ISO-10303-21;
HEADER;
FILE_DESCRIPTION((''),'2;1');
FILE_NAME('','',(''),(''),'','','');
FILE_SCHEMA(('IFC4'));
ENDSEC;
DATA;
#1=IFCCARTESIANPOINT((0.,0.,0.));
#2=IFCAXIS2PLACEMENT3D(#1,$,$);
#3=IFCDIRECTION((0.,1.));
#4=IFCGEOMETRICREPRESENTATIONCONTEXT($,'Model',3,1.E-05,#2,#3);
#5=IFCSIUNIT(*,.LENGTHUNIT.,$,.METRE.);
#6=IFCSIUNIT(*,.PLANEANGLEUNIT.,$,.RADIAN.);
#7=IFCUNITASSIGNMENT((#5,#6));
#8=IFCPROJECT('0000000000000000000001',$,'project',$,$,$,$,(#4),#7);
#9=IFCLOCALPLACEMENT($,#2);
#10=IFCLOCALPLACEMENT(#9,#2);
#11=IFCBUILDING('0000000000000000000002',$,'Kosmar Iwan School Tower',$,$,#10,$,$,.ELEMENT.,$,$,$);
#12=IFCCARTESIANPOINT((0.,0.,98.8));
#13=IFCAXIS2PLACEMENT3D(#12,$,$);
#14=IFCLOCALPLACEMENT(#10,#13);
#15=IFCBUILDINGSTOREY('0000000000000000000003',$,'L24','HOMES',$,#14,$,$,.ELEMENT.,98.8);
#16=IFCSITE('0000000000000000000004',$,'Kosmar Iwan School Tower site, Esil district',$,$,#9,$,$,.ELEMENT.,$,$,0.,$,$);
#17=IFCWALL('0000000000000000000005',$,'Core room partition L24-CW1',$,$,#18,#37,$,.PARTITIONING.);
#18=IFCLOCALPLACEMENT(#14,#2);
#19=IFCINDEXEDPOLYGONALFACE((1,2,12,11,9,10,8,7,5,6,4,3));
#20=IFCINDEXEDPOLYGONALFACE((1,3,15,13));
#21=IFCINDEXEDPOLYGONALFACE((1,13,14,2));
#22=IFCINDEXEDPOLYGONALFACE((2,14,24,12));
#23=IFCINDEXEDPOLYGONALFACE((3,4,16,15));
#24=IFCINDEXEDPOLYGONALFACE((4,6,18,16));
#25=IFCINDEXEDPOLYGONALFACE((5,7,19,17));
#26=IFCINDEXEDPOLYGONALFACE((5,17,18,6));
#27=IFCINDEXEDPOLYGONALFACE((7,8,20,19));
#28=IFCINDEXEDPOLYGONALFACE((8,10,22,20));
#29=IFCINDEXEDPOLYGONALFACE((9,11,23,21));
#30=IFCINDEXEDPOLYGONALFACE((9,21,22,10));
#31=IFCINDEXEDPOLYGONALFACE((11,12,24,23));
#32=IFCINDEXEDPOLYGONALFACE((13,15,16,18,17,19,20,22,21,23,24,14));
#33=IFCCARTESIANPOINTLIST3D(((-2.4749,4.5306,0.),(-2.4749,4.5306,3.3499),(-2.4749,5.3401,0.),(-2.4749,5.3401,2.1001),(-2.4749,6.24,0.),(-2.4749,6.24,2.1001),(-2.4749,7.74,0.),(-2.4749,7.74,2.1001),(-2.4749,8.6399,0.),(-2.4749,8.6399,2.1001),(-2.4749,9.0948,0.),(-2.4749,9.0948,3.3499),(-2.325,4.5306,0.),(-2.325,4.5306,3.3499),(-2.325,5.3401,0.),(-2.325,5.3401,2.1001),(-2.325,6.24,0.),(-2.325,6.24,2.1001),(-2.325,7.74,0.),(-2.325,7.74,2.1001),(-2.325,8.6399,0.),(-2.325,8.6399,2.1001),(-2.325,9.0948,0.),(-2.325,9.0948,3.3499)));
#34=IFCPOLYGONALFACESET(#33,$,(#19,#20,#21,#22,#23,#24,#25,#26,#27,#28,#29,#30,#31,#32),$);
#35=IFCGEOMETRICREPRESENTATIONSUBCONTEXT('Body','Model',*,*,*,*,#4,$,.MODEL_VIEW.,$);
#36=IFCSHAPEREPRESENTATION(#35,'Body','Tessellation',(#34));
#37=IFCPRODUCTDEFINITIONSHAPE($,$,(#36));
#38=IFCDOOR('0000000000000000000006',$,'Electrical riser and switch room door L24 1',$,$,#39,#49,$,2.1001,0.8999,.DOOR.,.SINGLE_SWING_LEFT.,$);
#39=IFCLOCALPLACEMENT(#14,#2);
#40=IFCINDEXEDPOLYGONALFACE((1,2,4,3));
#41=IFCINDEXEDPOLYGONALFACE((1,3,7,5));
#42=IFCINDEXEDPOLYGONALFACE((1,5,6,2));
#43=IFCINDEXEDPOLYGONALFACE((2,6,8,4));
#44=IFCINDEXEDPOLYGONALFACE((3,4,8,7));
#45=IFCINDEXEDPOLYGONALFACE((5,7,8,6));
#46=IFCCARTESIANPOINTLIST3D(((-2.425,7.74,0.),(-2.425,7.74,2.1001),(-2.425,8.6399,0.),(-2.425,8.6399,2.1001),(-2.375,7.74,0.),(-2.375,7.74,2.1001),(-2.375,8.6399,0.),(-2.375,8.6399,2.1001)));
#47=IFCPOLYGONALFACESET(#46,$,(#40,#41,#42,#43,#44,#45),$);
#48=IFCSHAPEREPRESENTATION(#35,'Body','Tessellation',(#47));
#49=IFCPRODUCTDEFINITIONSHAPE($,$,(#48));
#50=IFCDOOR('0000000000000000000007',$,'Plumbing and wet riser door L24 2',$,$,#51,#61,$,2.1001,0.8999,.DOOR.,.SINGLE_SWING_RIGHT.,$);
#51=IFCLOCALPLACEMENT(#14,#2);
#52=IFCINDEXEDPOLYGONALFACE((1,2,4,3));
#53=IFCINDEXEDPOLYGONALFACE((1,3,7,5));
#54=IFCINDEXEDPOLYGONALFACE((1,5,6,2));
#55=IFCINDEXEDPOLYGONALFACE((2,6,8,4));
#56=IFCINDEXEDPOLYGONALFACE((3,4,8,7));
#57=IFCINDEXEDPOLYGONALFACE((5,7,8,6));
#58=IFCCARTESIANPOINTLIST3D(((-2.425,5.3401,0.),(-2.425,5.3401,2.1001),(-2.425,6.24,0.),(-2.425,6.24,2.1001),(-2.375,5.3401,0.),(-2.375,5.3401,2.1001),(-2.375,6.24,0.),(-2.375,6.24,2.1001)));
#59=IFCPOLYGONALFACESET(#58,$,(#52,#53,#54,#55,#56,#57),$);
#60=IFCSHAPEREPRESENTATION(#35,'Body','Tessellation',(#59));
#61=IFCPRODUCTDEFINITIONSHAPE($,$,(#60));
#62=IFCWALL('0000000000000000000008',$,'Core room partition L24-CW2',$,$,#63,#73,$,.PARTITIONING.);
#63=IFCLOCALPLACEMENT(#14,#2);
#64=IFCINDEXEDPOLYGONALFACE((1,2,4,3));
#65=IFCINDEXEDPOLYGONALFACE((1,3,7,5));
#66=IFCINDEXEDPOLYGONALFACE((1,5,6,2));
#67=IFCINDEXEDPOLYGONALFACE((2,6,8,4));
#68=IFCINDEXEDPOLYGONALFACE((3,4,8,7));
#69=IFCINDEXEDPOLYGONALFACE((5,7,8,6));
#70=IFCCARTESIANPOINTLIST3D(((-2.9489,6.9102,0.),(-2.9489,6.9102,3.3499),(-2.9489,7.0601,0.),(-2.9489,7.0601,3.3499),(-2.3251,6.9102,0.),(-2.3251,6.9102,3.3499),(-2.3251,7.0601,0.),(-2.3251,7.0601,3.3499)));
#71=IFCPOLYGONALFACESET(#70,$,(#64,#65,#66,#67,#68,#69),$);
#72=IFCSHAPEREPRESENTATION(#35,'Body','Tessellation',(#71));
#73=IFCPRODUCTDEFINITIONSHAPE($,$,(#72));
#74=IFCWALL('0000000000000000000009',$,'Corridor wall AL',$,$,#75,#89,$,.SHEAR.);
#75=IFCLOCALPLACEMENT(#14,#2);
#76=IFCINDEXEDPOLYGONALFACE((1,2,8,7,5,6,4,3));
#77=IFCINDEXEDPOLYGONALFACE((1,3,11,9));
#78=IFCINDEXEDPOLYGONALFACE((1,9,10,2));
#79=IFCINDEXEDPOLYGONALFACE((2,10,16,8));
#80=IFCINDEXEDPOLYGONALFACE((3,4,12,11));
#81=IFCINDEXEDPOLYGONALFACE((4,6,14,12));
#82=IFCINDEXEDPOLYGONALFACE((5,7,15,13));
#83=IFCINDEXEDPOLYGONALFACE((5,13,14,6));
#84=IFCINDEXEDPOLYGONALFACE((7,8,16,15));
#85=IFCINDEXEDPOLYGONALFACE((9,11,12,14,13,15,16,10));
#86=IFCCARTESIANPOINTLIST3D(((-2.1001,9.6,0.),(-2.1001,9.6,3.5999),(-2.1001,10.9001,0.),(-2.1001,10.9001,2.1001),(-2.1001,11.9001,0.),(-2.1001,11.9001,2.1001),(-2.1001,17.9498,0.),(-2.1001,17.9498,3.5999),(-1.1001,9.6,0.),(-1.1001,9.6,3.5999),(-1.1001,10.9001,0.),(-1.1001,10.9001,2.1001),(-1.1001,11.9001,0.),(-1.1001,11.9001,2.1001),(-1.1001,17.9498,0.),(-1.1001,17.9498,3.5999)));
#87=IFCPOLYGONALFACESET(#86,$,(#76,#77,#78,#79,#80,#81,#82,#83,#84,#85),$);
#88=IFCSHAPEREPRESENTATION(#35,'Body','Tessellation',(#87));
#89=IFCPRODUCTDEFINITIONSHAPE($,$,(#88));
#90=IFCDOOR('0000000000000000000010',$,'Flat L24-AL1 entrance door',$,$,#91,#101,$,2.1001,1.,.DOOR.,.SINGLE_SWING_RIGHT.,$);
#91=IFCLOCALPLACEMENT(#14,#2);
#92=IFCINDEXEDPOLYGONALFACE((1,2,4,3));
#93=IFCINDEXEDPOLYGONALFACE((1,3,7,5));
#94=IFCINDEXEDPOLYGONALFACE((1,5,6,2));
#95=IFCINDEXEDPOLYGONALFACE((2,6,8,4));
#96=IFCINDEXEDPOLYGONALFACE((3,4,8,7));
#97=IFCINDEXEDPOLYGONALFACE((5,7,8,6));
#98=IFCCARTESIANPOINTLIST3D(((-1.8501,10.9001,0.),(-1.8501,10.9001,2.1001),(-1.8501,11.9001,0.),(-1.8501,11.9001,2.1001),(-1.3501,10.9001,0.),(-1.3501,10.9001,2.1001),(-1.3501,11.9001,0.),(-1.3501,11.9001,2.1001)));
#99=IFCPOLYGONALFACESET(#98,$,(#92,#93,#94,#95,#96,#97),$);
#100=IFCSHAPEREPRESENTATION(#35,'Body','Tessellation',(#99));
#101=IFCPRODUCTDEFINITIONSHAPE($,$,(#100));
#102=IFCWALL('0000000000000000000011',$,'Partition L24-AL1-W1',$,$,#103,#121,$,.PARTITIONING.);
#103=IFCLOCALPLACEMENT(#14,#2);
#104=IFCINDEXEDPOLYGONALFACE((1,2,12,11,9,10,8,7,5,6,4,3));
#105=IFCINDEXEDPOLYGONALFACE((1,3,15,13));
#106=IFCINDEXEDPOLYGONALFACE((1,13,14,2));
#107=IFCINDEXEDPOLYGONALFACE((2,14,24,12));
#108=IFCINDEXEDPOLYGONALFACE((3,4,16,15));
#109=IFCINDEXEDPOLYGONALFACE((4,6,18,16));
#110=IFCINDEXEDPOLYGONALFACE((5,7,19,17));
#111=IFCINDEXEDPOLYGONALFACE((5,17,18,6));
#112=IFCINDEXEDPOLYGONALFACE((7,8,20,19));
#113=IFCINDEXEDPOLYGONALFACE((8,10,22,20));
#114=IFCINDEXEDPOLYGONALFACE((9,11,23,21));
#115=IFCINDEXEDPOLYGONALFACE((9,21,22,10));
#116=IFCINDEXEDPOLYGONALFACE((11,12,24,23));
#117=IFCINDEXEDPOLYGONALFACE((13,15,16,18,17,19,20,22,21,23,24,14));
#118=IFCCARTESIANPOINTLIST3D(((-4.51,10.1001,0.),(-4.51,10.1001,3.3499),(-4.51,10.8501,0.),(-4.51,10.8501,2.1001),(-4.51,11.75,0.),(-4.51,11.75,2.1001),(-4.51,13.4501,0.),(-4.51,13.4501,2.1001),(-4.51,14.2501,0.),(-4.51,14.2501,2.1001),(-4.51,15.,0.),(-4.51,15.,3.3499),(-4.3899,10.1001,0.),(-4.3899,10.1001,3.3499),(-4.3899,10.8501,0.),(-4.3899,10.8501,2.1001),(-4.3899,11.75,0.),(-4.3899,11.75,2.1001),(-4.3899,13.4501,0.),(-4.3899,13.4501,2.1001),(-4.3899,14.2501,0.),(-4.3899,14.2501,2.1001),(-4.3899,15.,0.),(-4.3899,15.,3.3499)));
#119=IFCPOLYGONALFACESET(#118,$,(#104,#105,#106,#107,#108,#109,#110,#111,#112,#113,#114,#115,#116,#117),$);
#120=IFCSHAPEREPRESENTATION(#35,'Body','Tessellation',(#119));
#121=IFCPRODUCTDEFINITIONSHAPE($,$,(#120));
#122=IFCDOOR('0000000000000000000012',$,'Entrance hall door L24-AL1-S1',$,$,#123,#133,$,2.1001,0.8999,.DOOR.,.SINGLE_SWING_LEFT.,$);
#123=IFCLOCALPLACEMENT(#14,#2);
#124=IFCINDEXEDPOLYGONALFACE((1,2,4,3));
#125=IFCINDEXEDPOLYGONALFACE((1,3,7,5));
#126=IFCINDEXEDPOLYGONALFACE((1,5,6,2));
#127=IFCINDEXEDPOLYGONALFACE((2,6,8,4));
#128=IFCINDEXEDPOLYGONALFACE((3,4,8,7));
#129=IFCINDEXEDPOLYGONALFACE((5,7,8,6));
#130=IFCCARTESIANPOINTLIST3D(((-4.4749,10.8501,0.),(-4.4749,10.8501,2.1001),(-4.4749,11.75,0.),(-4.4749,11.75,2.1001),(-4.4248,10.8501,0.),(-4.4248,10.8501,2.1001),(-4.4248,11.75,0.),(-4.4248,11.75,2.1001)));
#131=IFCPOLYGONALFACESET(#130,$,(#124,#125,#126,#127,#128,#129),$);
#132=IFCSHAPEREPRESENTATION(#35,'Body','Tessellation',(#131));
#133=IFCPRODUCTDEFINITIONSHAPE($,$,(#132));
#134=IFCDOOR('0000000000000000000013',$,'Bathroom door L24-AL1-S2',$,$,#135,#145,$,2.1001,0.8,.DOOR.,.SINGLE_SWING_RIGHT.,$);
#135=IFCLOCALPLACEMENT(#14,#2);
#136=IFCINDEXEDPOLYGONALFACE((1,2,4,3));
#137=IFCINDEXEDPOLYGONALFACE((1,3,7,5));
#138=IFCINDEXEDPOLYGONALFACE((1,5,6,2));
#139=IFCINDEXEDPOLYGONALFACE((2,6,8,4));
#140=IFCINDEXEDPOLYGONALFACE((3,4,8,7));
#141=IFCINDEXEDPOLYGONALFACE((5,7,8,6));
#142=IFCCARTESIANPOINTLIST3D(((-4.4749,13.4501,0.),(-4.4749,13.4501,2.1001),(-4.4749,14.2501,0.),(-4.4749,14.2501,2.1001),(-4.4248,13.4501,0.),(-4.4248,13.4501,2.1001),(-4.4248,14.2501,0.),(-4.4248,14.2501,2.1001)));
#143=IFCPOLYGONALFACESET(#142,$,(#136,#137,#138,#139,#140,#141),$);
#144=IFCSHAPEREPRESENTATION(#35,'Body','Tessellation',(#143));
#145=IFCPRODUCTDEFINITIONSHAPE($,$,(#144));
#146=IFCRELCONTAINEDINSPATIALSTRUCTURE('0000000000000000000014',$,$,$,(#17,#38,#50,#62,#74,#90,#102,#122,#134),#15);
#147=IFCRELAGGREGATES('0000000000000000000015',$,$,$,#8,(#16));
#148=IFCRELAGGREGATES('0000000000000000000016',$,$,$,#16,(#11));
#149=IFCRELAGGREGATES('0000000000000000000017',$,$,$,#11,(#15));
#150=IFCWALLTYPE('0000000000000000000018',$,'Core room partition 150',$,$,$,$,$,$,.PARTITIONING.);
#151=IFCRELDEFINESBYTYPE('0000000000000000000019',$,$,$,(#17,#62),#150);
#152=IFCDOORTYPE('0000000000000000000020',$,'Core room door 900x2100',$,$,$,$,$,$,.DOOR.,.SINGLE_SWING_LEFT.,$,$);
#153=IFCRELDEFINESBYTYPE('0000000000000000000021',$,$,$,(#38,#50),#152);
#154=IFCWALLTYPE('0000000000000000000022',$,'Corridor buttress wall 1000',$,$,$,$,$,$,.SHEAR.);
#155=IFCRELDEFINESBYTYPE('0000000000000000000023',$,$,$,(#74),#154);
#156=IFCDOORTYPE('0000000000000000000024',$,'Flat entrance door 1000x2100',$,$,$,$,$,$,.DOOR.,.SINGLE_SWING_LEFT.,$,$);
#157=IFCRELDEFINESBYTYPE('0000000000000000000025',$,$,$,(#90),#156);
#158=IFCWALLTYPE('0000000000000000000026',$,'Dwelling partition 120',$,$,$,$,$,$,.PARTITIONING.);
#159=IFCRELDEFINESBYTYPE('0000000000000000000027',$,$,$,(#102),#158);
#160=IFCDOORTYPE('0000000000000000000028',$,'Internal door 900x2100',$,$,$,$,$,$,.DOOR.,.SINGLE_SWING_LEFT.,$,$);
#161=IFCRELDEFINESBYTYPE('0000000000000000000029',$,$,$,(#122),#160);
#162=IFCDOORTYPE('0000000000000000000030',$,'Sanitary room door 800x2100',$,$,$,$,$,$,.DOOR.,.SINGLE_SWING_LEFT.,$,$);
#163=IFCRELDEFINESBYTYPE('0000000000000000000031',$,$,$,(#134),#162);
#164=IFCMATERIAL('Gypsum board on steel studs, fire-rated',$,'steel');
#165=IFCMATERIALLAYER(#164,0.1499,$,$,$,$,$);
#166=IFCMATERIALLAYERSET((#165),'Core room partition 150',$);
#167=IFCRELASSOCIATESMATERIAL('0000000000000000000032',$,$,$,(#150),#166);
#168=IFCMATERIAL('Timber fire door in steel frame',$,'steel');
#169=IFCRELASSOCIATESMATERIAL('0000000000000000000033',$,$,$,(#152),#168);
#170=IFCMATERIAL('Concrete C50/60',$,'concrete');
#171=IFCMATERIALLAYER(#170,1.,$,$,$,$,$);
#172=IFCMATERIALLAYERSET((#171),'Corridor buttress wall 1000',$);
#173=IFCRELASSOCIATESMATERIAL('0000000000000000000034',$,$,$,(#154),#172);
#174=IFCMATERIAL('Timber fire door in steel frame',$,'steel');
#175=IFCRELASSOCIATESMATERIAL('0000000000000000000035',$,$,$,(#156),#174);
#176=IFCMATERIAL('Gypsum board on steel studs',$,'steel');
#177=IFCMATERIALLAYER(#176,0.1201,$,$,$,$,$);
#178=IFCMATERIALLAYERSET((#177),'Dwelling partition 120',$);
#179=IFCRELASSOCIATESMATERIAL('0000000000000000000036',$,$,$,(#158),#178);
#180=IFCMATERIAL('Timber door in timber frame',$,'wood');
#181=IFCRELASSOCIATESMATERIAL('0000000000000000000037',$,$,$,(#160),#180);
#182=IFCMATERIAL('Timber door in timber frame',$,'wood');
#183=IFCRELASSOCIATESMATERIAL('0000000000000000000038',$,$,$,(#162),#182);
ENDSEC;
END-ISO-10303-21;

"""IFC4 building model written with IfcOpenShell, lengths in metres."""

from ifc_helpers import new_model, si_unit, direction, frame, frame_2d, origin, place, context, subcontext, project, spatial, rectangle, extrude, material, layer, layer_set, type_object, element, fill, save


model = new_model("IFC4")

# Units and contexts
model_context = context("Model", 3, precision=1e-05, world=origin(), true_north=direction((0.0, 1.0)))
body_context = subcontext(model_context, "Body", "Model", "MODEL_VIEW")
ifc_project = project(units=[si_unit("LENGTHUNIT", "METRE"), si_unit("PLANEANGLEUNIT", "RADIAN")], contexts=[model_context])

# Site, building, storey
site_placement = place(None, origin())
site = spatial("IfcSite", under=ifc_project, at=site_placement, Name="Kosmar Iwan School Tower site, Esil district", CompositionType="ELEMENT", RefElevation=0.0)
building_placement = place(site_placement, origin())
building = spatial("IfcBuilding", under=site, at=building_placement, Name="Kosmar Iwan School Tower", CompositionType="ELEMENT")
storey_placement = place(building_placement, frame((0.0, 0.0, 98.8)))
storey = spatial("IfcBuildingStorey", under=building, at=storey_placement, Name="L24", Description="HOMES", CompositionType="ELEMENT", Elevation=98.8)

# Wall, openings, doors
ifc_material_1 = material(Name="Gypsum board on steel studs, fire-rated", Category="steel")
ifc_layer_1 = layer(ifc_material_1, 0.1499)
ifc_layer_set_1 = layer_set([ifc_layer_1], Name="Core room partition 150")
wall_type_1 = type_object("IfcWallType", Name="Core room partition 150", PredefinedType="PARTITIONING", material=ifc_layer_set_1)
wall_1_placement = place(storey_placement, frame((-2.3999, 9.095, 0.0), z_axis=(0.0, 0.0, 1.0), x_axis=(0.0, -1.0, 0.0)))
wall_1 = element("IfcWall", 1, at=wall_1_placement, inside=storey, type_object=wall_type_1, Name="Core room partition L24-CW1", PredefinedType="PARTITIONING", context=body_context, shape_type="SweptSolid", body=[
    extrude(rectangle(XDim=4.5642, YDim=0.1499, at=frame_2d((2.2822, 0.0))), origin(), (0.0, 0.0, 1.0), 3.3499),
])
opening_1_placement = place(wall_1_placement, frame((0.4551, 0.0, 0.0)))
opening_1 = element("IfcOpeningElement", 2, at=opening_1_placement, cuts=wall_1, PredefinedType="OPENING", context=body_context, shape_type="SweptSolid", body=[
    extrude(rectangle(XDim=0.8999, YDim=2.1001, at=frame_2d((0.45, 1.05))), frame((0.0, 0.0869, 0.0), z_axis=(0.0, -1.0, 0.0), x_axis=(1.0, 0.0, 0.0)), (0.0, 0.0, 1.0), 0.1738),
])
opening_2_placement = place(wall_1_placement, frame((2.855, 0.0, 0.0)))
opening_2 = element("IfcOpeningElement", 3, at=opening_2_placement, cuts=wall_1, PredefinedType="OPENING", context=body_context, shape_type="SweptSolid", body=[
    extrude(rectangle(XDim=0.8999, YDim=2.1001, at=frame_2d((0.45, 1.05))), frame((0.0, 0.0869, 0.0), z_axis=(0.0, -1.0, 0.0), x_axis=(1.0, 0.0, 0.0)), (0.0, 0.0, 1.0), 0.1738),
])
ifc_material_2 = material(Name="Timber fire door in steel frame", Category="steel")
door_type_1 = type_object("IfcDoorType", Name="Core room door 900x2100", OperationType="SINGLE_SWING_LEFT", PredefinedType="DOOR", material=ifc_material_2)
door_1_placement = place(opening_1_placement, origin())
door_1 = element("IfcDoor", 4, at=door_1_placement, inside=storey, type_object=door_type_1, Name="Electrical riser and switch room door L24 1", OperationType="SINGLE_SWING_LEFT", OverallHeight=2.1001, OverallWidth=0.8999, PredefinedType="DOOR", context=body_context, shape_type="SweptSolid", body=[
    extrude(rectangle(XDim=0.8999, YDim=2.1001, at=frame_2d((0.45, 1.05))), frame((0.0, 0.0249, 0.0), z_axis=(0.0, -1.0, 0.0), x_axis=(1.0, 0.0, 0.0)), (0.0, 0.0, 1.0), 0.05),
])
fill(opening_1, door_1)
door_2_placement = place(opening_2_placement, origin())
door_2 = element("IfcDoor", 5, at=door_2_placement, inside=storey, type_object=door_type_1, Name="Plumbing and wet riser door L24 2", OperationType="SINGLE_SWING_RIGHT", OverallHeight=2.1001, OverallWidth=0.8999, PredefinedType="DOOR", context=body_context, shape_type="SweptSolid", body=[
    extrude(rectangle(XDim=0.8999, YDim=2.1001, at=frame_2d((0.45, 1.05))), frame((0.0, 0.0249, 0.0), z_axis=(0.0, -1.0, 0.0), x_axis=(1.0, 0.0, 0.0)), (0.0, 0.0, 1.0), 0.05),
])
fill(opening_2, door_2)

# Wall
wall_2_placement = place(storey_placement, frame((-2.325, 6.9851, 0.0), z_axis=(0.0, 0.0, 1.0), x_axis=(-1.0, 0.0, 0.0)))
element("IfcWall", 6, at=wall_2_placement, inside=storey, type_object=wall_type_1, Name="Core room partition L24-CW2", PredefinedType="PARTITIONING", context=body_context, shape_type="SweptSolid", body=[
    extrude(rectangle(XDim=0.6238, YDim=0.1499, at=frame_2d((0.312, 0.0))), origin(), (0.0, 0.0, 1.0), 3.3499),
])

# Wall, opening, door
ifc_material_3 = material(Name="Concrete C50/60", Category="concrete")
ifc_layer_2 = layer(ifc_material_3, 1.0)
ifc_layer_set_2 = layer_set([ifc_layer_2], Name="Corridor buttress wall 1000")
wall_type_2 = type_object("IfcWallType", Name="Corridor buttress wall 1000", PredefinedType="SHEAR", material=ifc_layer_set_2)
wall_3_placement = place(storey_placement, frame((-1.6001, 9.6001, 0.0), z_axis=(0.0, 0.0, 1.0), x_axis=(0.0, 1.0, 0.0)))
wall_3 = element("IfcWall", 7, at=wall_3_placement, inside=storey, type_object=wall_type_2, Name="Corridor wall AL", PredefinedType="SHEAR", context=body_context, shape_type="SweptSolid", body=[
    extrude(rectangle(XDim=8.3499, YDim=1.0, at=frame_2d((4.1748, 0.0))), origin(), (0.0, 0.0, 1.0), 3.5999),
])
opening_3_placement = place(wall_3_placement, frame((1.3, 0.0, 0.0)))
opening_3 = element("IfcOpeningElement", 8, at=opening_3_placement, cuts=wall_3, PredefinedType="OPENING", context=body_context, shape_type="SweptSolid", body=[
    extrude(rectangle(XDim=1.0, YDim=2.1001, at=frame_2d((0.5, 1.05))), frame((0.0, 0.512, 0.0), z_axis=(0.0, -1.0, 0.0), x_axis=(1.0, 0.0, 0.0)), (0.0, 0.0, 1.0), 1.0239),
])
ifc_material_4 = material(Name="Timber fire door in steel frame", Category="steel")
door_type_2 = type_object("IfcDoorType", Name="Flat entrance door 1000x2100", OperationType="SINGLE_SWING_LEFT", PredefinedType="DOOR", material=ifc_material_4)
door_3_placement = place(opening_3_placement, origin())
door_3 = element("IfcDoor", 9, at=door_3_placement, inside=storey, type_object=door_type_2, Name="Flat L24-AL1 entrance door", OperationType="SINGLE_SWING_RIGHT", OverallHeight=2.1001, OverallWidth=1.0, PredefinedType="DOOR", context=body_context, shape_type="SweptSolid", body=[
    extrude(rectangle(XDim=1.0, YDim=2.1001, at=frame_2d((0.5, 1.05))), frame((0.0, 0.25, 0.0), z_axis=(0.0, -1.0, 0.0), x_axis=(1.0, 0.0, 0.0)), (0.0, 0.0, 1.0), 0.5),
])
fill(opening_3, door_3)

# Wall, openings, doors
ifc_material_5 = material(Name="Gypsum board on steel studs", Category="steel")
ifc_layer_3 = layer(ifc_material_5, 0.1201)
ifc_layer_set_3 = layer_set([ifc_layer_3], Name="Dwelling partition 120")
wall_type_3 = type_object("IfcWallType", Name="Dwelling partition 120", PredefinedType="PARTITIONING", material=ifc_layer_set_3)
wall_4_placement = place(storey_placement, frame((-4.45, 10.1001, 0.0), z_axis=(0.0, 0.0, 1.0), x_axis=(0.0, 1.0, 0.0)))
wall_4 = element("IfcWall", 10, at=wall_4_placement, inside=storey, type_object=wall_type_3, Name="Partition L24-AL1-W1", PredefinedType="PARTITIONING", context=body_context, shape_type="SweptSolid", body=[
    extrude(rectangle(XDim=4.8999, YDim=0.1201, at=frame_2d((2.45, 0.0))), origin(), (0.0, 0.0, 1.0), 3.3499),
])
opening_4_placement = place(wall_4_placement, frame((0.75, 0.0, 0.0)))
opening_4 = element("IfcOpeningElement", 11, at=opening_4_placement, cuts=wall_4, PredefinedType="OPENING", context=body_context, shape_type="SweptSolid", body=[
    extrude(rectangle(XDim=0.8999, YDim=2.1001, at=frame_2d((0.45, 1.05))), frame((0.0, 0.072, 0.0), z_axis=(0.0, -1.0, 0.0), x_axis=(1.0, 0.0, 0.0)), (0.0, 0.0, 1.0), 0.144),
])
opening_5_placement = place(wall_4_placement, frame((3.3501, 0.0, 0.0)))
opening_5 = element("IfcOpeningElement", 12, at=opening_5_placement, cuts=wall_4, PredefinedType="OPENING", context=body_context, shape_type="SweptSolid", body=[
    extrude(rectangle(XDim=0.8, YDim=2.1001, at=frame_2d((0.3999, 1.05))), frame((0.0, 0.072, 0.0), z_axis=(0.0, -1.0, 0.0), x_axis=(1.0, 0.0, 0.0)), (0.0, 0.0, 1.0), 0.144),
])
ifc_material_6 = material(Name="Timber door in timber frame", Category="wood")
door_type_3 = type_object("IfcDoorType", Name="Internal door 900x2100", OperationType="SINGLE_SWING_LEFT", PredefinedType="DOOR", material=ifc_material_6)
door_4_placement = place(opening_4_placement, origin())
door_4 = element("IfcDoor", 13, at=door_4_placement, inside=storey, type_object=door_type_3, Name="Entrance hall door L24-AL1-S1", OperationType="SINGLE_SWING_LEFT", OverallHeight=2.1001, OverallWidth=0.8999, PredefinedType="DOOR", context=body_context, shape_type="SweptSolid", body=[
    extrude(rectangle(XDim=0.8999, YDim=2.1001, at=frame_2d((0.45, 1.05))), frame((0.0, 0.0249, 0.0), z_axis=(0.0, -1.0, 0.0), x_axis=(1.0, 0.0, 0.0)), (0.0, 0.0, 1.0), 0.05),
])
fill(opening_4, door_4)
ifc_material_7 = material(Name="Timber door in timber frame", Category="wood")
door_type_4 = type_object("IfcDoorType", Name="Sanitary room door 800x2100", OperationType="SINGLE_SWING_LEFT", PredefinedType="DOOR", material=ifc_material_7)
door_5_placement = place(opening_5_placement, origin())
door_5 = element("IfcDoor", 14, at=door_5_placement, inside=storey, type_object=door_type_4, Name="Bathroom door L24-AL1-S2", OperationType="SINGLE_SWING_RIGHT", OverallHeight=2.1001, OverallWidth=0.8, PredefinedType="DOOR", context=body_context, shape_type="SweptSolid", body=[
    extrude(rectangle(XDim=0.8, YDim=2.1001, at=frame_2d((0.3999, 1.05))), frame((0.0, 0.0249, 0.0), z_axis=(0.0, -1.0, 0.0), x_axis=(1.0, 0.0, 0.0)), (0.0, 0.0, 1.0), 0.05),
])
fill(opening_5, door_5)

save(model, "model.ifc")
